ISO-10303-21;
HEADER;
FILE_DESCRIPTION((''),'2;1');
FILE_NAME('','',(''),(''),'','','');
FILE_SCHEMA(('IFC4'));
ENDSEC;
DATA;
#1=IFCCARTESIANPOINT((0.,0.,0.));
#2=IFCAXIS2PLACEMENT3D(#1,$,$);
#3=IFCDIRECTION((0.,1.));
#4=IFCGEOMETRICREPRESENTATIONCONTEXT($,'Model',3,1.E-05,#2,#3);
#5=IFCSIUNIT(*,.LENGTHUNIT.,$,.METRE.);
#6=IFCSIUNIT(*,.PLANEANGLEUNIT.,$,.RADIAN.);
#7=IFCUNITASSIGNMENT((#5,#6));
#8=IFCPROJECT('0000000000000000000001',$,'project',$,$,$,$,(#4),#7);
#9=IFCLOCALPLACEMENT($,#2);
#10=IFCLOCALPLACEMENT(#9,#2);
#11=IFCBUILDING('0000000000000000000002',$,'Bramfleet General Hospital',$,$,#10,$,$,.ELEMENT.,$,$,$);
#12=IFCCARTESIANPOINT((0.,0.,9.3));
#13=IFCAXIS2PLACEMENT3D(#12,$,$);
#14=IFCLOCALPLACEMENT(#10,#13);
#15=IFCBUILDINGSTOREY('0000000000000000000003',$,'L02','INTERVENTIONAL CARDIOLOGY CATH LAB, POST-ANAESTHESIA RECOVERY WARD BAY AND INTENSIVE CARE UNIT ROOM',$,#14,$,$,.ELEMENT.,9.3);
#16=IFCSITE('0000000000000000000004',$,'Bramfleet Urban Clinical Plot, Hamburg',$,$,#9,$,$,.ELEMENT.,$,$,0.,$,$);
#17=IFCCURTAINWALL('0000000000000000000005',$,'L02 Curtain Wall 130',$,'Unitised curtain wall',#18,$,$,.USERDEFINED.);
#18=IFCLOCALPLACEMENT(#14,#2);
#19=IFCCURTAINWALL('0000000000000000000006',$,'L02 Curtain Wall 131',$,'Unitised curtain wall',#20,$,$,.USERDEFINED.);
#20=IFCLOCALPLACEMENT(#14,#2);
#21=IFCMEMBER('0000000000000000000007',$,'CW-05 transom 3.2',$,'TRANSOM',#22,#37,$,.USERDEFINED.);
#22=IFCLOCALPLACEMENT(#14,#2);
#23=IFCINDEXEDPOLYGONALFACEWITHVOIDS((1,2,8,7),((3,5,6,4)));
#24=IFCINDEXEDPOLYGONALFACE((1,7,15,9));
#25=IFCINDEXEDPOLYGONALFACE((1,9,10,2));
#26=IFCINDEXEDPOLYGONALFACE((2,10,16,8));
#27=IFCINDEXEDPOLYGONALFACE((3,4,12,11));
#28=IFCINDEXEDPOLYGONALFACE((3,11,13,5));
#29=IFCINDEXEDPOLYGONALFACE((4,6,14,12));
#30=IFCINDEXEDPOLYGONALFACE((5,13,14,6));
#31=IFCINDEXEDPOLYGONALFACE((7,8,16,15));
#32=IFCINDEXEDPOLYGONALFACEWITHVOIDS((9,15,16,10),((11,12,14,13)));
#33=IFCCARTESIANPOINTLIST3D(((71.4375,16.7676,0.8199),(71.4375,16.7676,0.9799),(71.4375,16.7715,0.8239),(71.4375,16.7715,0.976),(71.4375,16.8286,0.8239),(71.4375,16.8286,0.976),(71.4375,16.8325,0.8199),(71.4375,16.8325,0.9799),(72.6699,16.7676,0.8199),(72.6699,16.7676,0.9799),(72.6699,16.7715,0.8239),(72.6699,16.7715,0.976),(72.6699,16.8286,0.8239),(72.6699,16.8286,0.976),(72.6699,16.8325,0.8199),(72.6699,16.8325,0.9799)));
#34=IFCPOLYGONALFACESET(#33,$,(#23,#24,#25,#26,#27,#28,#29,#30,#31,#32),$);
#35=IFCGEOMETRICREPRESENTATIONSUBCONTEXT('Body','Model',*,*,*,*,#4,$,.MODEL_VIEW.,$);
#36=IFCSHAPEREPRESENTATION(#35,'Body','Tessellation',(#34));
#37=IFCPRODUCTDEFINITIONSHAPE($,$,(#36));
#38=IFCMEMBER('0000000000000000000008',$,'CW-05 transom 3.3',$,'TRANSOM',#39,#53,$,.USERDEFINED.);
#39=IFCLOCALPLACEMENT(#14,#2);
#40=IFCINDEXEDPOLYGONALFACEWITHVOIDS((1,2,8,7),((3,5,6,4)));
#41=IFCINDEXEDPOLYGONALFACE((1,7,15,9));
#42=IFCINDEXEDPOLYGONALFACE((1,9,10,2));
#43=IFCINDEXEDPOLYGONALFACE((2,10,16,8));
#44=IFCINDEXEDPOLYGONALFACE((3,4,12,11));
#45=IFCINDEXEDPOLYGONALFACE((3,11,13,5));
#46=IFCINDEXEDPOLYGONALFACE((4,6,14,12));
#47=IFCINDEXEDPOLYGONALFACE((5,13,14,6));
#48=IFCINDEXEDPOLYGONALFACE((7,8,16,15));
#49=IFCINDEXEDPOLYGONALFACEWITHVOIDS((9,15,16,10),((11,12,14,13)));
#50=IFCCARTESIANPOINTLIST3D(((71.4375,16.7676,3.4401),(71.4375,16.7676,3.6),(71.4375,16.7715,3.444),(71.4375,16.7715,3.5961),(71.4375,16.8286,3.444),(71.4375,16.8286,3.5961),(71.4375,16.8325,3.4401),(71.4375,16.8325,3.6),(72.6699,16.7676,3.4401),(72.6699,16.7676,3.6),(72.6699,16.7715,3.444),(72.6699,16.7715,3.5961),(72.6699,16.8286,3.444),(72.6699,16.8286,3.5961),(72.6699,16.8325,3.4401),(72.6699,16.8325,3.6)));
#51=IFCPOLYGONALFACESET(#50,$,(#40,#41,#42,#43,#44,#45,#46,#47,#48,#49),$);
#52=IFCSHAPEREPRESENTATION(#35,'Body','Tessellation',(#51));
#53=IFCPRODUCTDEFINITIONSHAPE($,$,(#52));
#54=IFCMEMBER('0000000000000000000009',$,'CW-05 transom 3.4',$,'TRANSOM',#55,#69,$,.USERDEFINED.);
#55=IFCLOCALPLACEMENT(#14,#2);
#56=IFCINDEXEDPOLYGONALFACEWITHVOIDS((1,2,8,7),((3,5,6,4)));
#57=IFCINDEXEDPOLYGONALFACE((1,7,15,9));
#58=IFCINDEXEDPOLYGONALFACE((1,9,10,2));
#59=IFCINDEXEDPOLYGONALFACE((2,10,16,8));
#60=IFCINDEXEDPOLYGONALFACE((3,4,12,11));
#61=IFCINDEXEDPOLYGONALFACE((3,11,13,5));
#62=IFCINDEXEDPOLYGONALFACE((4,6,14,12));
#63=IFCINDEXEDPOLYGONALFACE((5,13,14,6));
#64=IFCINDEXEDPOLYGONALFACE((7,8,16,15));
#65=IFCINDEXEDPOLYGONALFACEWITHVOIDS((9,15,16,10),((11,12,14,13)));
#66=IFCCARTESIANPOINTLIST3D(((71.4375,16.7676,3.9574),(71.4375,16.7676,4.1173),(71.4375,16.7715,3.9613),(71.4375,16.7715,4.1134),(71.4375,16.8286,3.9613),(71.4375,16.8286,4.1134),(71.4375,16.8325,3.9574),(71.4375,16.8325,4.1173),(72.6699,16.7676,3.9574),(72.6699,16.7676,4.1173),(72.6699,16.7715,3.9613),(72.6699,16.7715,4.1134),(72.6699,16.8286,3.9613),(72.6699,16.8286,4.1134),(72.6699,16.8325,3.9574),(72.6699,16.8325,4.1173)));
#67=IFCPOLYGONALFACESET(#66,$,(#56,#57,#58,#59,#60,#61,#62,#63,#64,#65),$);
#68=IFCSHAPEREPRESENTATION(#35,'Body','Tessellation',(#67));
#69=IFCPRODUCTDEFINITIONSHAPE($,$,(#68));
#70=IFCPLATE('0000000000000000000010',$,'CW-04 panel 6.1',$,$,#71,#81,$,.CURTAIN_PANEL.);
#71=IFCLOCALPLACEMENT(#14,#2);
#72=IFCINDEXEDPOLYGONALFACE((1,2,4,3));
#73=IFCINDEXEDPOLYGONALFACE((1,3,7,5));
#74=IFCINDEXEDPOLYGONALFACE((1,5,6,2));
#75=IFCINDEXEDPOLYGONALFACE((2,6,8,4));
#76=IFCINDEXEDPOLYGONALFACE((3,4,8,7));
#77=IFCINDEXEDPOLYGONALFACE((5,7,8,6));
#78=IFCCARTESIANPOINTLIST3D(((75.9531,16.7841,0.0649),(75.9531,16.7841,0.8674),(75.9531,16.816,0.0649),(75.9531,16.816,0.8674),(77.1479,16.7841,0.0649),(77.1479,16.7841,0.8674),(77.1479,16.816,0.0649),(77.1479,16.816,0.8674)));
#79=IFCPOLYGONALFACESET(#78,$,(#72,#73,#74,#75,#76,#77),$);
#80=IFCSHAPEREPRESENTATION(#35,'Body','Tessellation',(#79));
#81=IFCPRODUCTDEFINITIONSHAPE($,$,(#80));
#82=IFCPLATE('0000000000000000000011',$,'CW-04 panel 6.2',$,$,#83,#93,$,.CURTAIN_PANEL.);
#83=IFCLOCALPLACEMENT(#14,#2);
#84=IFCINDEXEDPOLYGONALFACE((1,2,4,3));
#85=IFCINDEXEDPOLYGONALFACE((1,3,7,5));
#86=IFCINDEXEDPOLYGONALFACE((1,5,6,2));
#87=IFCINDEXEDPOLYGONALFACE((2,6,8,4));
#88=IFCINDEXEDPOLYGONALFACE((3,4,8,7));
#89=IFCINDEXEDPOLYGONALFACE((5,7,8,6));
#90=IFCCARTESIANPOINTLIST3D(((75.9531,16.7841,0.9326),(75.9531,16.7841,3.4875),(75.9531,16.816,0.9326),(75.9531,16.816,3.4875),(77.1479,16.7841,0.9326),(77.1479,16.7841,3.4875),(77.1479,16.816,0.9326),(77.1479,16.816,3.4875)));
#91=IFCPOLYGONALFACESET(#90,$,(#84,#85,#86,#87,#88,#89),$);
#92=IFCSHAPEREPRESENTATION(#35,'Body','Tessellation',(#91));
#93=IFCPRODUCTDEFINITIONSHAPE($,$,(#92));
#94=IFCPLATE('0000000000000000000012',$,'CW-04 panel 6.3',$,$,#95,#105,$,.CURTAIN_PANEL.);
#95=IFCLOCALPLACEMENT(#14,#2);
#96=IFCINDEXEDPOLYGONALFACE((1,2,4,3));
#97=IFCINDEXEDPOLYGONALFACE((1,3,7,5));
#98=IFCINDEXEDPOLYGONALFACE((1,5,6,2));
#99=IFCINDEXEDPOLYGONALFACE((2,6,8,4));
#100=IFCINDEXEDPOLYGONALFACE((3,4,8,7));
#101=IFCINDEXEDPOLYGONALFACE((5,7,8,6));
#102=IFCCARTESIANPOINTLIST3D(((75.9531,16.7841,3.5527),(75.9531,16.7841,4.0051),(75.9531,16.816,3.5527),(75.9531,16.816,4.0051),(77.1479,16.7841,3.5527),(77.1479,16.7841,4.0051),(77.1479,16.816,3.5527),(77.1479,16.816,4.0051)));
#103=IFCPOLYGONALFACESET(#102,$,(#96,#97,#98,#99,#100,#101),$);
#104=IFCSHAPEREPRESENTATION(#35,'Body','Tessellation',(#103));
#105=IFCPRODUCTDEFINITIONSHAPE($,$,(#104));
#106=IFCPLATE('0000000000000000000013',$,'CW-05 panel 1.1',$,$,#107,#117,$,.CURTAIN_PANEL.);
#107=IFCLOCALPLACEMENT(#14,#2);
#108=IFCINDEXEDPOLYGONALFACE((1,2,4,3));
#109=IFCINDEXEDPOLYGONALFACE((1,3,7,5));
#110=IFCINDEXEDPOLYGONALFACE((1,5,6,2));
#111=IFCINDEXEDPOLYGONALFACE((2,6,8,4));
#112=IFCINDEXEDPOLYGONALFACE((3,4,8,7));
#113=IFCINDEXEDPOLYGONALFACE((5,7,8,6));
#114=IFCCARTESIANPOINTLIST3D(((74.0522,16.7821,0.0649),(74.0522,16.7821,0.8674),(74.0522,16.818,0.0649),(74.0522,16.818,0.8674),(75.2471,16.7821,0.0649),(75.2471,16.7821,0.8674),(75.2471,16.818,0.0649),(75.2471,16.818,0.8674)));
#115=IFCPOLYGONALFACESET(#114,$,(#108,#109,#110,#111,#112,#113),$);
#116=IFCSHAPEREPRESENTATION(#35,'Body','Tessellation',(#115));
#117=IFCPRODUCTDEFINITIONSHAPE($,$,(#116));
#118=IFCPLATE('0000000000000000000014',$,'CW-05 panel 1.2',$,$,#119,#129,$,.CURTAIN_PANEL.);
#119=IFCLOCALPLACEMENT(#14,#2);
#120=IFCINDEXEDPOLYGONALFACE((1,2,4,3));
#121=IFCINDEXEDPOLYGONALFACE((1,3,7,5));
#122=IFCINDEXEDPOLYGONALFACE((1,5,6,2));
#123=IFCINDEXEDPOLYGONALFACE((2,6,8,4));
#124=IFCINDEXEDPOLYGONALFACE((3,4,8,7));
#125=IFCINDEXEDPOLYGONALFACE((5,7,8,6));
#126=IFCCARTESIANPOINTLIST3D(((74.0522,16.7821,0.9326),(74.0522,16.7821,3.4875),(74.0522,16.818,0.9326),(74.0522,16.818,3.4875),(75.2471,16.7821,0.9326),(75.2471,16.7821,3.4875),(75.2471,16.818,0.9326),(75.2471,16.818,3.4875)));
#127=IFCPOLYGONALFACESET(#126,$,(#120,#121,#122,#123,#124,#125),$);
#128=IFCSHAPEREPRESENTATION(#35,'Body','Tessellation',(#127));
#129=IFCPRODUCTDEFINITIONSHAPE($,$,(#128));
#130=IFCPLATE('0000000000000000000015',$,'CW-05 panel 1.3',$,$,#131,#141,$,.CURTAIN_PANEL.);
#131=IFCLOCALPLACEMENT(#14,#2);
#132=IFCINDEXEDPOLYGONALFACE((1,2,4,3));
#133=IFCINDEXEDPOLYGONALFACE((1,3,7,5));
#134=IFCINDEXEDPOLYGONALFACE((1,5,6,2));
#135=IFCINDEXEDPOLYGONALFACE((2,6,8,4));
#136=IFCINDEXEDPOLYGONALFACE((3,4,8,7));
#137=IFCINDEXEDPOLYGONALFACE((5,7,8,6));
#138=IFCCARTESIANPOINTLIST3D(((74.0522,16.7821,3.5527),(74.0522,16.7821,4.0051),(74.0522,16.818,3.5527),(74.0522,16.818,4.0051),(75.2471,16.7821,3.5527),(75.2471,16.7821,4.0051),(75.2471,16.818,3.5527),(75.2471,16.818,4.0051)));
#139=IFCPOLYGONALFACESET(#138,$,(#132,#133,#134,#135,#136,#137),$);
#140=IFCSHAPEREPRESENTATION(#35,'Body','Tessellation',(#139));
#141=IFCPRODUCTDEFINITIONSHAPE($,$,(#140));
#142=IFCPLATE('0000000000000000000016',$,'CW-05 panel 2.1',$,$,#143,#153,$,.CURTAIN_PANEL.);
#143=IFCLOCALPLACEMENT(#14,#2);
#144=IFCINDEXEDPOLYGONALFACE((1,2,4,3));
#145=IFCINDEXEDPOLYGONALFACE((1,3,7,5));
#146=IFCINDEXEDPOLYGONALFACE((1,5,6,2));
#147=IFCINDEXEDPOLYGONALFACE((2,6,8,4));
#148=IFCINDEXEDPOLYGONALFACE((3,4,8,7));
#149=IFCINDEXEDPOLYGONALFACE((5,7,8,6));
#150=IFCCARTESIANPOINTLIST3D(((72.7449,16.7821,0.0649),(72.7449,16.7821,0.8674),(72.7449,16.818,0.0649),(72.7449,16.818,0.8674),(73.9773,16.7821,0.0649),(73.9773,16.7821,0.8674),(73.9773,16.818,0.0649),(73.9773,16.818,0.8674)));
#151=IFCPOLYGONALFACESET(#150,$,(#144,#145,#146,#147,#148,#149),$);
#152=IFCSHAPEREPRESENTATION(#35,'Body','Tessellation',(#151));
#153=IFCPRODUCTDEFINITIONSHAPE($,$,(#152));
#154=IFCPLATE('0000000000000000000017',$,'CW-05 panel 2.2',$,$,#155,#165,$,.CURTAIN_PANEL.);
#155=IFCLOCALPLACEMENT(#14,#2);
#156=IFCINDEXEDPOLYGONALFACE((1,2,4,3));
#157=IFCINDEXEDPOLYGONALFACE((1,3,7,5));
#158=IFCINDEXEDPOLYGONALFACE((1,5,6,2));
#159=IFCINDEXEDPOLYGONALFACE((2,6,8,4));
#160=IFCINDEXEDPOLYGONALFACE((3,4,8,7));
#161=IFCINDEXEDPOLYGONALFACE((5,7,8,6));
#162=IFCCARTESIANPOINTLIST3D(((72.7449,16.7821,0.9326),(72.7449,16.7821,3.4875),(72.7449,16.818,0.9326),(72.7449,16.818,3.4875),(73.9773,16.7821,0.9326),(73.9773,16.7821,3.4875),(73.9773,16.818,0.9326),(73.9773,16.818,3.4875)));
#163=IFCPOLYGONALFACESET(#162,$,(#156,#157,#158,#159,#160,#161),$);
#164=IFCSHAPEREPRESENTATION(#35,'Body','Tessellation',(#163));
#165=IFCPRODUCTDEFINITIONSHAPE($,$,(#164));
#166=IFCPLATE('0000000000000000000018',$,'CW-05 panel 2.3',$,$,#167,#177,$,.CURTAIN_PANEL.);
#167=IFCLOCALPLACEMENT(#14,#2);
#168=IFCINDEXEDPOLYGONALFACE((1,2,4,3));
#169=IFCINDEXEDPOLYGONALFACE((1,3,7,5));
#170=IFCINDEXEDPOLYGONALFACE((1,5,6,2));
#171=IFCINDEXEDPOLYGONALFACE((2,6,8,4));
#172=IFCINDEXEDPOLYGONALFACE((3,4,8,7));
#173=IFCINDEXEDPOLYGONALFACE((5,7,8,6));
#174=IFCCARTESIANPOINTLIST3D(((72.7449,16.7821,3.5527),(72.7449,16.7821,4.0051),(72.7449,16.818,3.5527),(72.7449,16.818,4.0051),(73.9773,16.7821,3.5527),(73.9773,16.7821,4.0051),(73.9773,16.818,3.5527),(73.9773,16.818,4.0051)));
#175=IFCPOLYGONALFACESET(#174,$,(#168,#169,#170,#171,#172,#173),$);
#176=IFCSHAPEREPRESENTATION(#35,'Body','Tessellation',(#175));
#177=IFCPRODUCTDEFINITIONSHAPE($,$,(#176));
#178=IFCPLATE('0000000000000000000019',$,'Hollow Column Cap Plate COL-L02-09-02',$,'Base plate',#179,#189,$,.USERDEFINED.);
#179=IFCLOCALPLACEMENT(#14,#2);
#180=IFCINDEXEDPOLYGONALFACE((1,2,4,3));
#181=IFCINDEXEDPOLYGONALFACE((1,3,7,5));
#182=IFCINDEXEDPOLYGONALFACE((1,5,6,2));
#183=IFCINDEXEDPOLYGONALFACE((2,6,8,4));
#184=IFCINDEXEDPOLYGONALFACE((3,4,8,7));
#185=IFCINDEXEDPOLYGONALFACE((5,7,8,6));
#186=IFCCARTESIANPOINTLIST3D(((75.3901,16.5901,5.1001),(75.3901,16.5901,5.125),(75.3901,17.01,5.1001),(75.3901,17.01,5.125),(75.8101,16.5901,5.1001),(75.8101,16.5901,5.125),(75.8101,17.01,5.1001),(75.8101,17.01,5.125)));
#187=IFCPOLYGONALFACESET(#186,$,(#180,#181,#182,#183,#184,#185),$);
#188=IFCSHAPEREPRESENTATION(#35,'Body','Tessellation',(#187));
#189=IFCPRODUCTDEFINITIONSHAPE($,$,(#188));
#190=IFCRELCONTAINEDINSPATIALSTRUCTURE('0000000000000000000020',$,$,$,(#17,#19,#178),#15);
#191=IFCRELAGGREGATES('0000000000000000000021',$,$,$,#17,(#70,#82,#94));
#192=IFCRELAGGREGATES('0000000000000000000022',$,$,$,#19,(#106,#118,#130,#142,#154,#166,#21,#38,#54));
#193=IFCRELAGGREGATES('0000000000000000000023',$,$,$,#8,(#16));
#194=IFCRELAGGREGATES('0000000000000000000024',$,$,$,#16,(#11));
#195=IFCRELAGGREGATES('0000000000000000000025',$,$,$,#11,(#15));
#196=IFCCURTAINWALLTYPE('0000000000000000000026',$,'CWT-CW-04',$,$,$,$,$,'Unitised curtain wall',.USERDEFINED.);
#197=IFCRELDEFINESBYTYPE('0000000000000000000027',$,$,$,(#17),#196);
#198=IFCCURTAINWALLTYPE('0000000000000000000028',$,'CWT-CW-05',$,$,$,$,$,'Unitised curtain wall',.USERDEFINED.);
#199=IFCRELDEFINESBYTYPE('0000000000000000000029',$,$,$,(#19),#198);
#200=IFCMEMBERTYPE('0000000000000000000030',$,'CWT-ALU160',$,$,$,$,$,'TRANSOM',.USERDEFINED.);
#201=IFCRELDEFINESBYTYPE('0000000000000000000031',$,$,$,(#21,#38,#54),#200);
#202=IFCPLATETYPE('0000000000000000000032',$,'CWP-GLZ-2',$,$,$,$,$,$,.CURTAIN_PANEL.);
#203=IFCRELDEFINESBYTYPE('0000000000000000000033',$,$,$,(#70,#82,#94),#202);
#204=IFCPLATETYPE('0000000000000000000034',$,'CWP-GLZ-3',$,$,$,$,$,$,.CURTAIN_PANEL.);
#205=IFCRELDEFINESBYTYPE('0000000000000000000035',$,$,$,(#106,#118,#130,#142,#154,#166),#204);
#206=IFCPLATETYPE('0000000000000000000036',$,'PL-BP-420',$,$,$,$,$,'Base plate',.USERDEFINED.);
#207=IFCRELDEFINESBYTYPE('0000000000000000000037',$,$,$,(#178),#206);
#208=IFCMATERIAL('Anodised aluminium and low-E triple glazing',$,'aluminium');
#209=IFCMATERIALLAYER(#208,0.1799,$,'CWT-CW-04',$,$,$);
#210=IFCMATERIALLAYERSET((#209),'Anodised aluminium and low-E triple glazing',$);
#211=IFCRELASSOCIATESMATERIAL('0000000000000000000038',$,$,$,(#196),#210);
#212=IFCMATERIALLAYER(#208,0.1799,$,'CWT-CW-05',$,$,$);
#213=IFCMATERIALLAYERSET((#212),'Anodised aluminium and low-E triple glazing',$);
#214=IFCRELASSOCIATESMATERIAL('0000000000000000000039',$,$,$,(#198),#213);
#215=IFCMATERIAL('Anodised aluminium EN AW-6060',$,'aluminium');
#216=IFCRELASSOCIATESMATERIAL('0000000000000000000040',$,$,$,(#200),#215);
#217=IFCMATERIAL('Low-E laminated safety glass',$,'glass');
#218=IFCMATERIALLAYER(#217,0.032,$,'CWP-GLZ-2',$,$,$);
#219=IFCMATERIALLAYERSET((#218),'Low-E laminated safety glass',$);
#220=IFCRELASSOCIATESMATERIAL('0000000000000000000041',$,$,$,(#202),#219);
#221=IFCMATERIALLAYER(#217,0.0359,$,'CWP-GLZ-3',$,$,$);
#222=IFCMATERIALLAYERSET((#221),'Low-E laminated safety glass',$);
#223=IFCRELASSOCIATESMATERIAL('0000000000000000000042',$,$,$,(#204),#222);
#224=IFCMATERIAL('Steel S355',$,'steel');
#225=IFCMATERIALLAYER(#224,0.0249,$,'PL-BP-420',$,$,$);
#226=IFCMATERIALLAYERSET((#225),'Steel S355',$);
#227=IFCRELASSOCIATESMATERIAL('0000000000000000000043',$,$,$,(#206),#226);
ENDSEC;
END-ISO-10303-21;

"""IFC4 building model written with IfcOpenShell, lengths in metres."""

from ifc_helpers import new_model, si_unit, direction, frame, origin, origin_2d, place, context, subcontext, project, spatial, rectangle, hollow_rectangle, extrude, material, layer, layer_set, material_profile, profile_set, type_object, element, aggregate, save


model = new_model("IFC4")

# Units and contexts
model_context = context("Model", 3, precision=1e-05, world=origin(), true_north=direction((0.0, 1.0)))
body_context = subcontext(model_context, "Body", "Model", "MODEL_VIEW")
ifc_project = project(units=[si_unit("LENGTHUNIT", "METRE"), si_unit("PLANEANGLEUNIT", "RADIAN")], contexts=[model_context])

# Site, building, storey
site_placement = place(None, origin())
site = spatial("IfcSite", under=ifc_project, at=site_placement, Name="Bramfleet Urban Clinical Plot, Hamburg", CompositionType="ELEMENT", RefElevation=0.0)
building_placement = place(site_placement, origin())
building = spatial("IfcBuilding", under=site, at=building_placement, Name="Bramfleet General Hospital", CompositionType="ELEMENT")
storey_placement = place(building_placement, frame((0.0, 0.0, 9.3)))
storey = spatial("IfcBuildingStorey", under=building, at=storey_placement, Name="L02", Description="INTERVENTIONAL CARDIOLOGY CATH LAB, POST-ANAESTHESIA RECOVERY WARD BAY AND INTENSIVE CARE UNIT ROOM", CompositionType="ELEMENT", Elevation=9.3)

# Shared definitions
ifc_material_1 = material(Name="Steel S355", Category="steel")

# Curtain wall
ifc_material_2 = material(Name="Anodised aluminium and low-E triple glazing", Category="aluminium")
ifc_layer_1 = layer(ifc_material_2, 0.1799, Name="CWT-CW-04")
ifc_layer_set_1 = layer_set([ifc_layer_1], Name="Anodised aluminium and low-E triple glazing")
curtain_wall_type_1 = type_object("IfcCurtainWallType", Name="CWT-CW-04", ElementType="Unitised curtain wall", PredefinedType="USERDEFINED", material=ifc_layer_set_1)
curtain_wall_1_placement = place(storey_placement, origin())
curtain_wall_1 = element("IfcCurtainWall", 1, at=curtain_wall_1_placement, inside=storey, type_object=curtain_wall_type_1, Name="L02 Curtain Wall 130", ObjectType="Unitised curtain wall", PredefinedType="USERDEFINED")
ifc_material_3 = material(Name="Anodised aluminium EN AW-6060", Category="aluminium")

# Curtain wall
ifc_layer_2 = layer(ifc_material_2, 0.1799, Name="CWT-CW-05")
ifc_layer_set_2 = layer_set([ifc_layer_2], Name="Anodised aluminium and low-E triple glazing")
curtain_wall_type_2 = type_object("IfcCurtainWallType", Name="CWT-CW-05", ElementType="Unitised curtain wall", PredefinedType="USERDEFINED", material=ifc_layer_set_2)
curtain_wall_2_placement = place(storey_placement, origin())
curtain_wall_2 = element("IfcCurtainWall", 2, at=curtain_wall_2_placement, inside=storey, type_object=curtain_wall_type_2, Name="L02 Curtain Wall 131", ObjectType="Unitised curtain wall", PredefinedType="USERDEFINED")

# Members
ifc_material_profile_1 = material_profile(ifc_material_3, hollow_rectangle(XDim=0.0649, YDim=0.1599, WallThickness=0.0039, at=origin_2d()), Name="ALU 160x65x4.0")
ifc_profile_set_1 = profile_set([ifc_material_profile_1], Name="Anodised aluminium EN AW-6060")
member_type_1 = type_object("IfcMemberType", Name="CWT-ALU160", ElementType="TRANSOM", PredefinedType="USERDEFINED", material=ifc_profile_set_1)
member_1_placement = place(storey_placement, frame((72.6699, 16.8, 0.8999), z_axis=(-1.0, 0.0, 0.0), x_axis=(0.0, -1.0, 0.0)))
member_1 = element("IfcMember", 3, at=member_1_placement, type_object=member_type_1, Name="CW-05 transom 3.2", ObjectType="TRANSOM", PredefinedType="USERDEFINED", context=body_context, shape_type="SweptSolid", body=[
    extrude(hollow_rectangle(XDim=0.0649, YDim=0.1599, WallThickness=0.0039, at=origin_2d()), origin(), (0.0, 0.0, 1.0), 1.2324),
])
member_2_placement = place(storey_placement, frame((72.6699, 16.8, 3.52), z_axis=(-1.0, 0.0, 0.0), x_axis=(0.0, -1.0, 0.0)))
member_2 = element("IfcMember", 4, at=member_2_placement, type_object=member_type_1, Name="CW-05 transom 3.3", ObjectType="TRANSOM", PredefinedType="USERDEFINED", context=body_context, shape_type="SweptSolid", body=[
    extrude(hollow_rectangle(XDim=0.0649, YDim=0.1599, WallThickness=0.0039, at=origin_2d()), origin(), (0.0, 0.0, 1.0), 1.2324),
])
member_3_placement = place(storey_placement, frame((72.6699, 16.8, 4.0374), z_axis=(-1.0, 0.0, 0.0), x_axis=(0.0, -1.0, 0.0)))
member_3 = element("IfcMember", 5, at=member_3_placement, type_object=member_type_1, Name="CW-05 transom 3.4", ObjectType="TRANSOM", PredefinedType="USERDEFINED", context=body_context, shape_type="SweptSolid", body=[
    extrude(hollow_rectangle(XDim=0.0649, YDim=0.1599, WallThickness=0.0039, at=origin_2d()), origin(), (0.0, 0.0, 1.0), 1.2324),
])

# Plates
ifc_material_4 = material(Name="Low-E laminated safety glass", Category="glass")
ifc_layer_3 = layer(ifc_material_4, 0.032, Name="CWP-GLZ-2")
ifc_layer_set_3 = layer_set([ifc_layer_3], Name="Low-E laminated safety glass")
plate_type_1 = type_object("IfcPlateType", Name="CWP-GLZ-2", PredefinedType="CURTAIN_PANEL", material=ifc_layer_set_3)
plate_1_placement = place(storey_placement, frame((76.5505, 16.8, 0.0649), z_axis=(0.0, 0.0, 1.0), x_axis=(-1.0, 0.0, 0.0)))
plate_1 = element("IfcPlate", 6, at=plate_1_placement, type_object=plate_type_1, Name="CW-04 panel 6.1", PredefinedType="CURTAIN_PANEL", context=body_context, shape_type="SweptSolid", body=[
    extrude(rectangle(XDim=1.1948, YDim=0.032, at=origin_2d()), origin(), (0.0, 0.0, 1.0), 0.8025),
])
plate_2_placement = place(storey_placement, frame((76.5505, 16.8, 0.9326), z_axis=(0.0, 0.0, 1.0), x_axis=(-1.0, 0.0, 0.0)))
plate_2 = element("IfcPlate", 7, at=plate_2_placement, type_object=plate_type_1, Name="CW-04 panel 6.2", PredefinedType="CURTAIN_PANEL", context=body_context, shape_type="SweptSolid", body=[
    extrude(rectangle(XDim=1.1948, YDim=0.032, at=origin_2d()), origin(), (0.0, 0.0, 1.0), 2.5549),
])
plate_3_placement = place(storey_placement, frame((76.5505, 16.8, 3.5527), z_axis=(0.0, 0.0, 1.0), x_axis=(-1.0, 0.0, 0.0)))
plate_3 = element("IfcPlate", 8, at=plate_3_placement, type_object=plate_type_1, Name="CW-04 panel 6.3", PredefinedType="CURTAIN_PANEL", context=body_context, shape_type="SweptSolid", body=[
    extrude(rectangle(XDim=1.1948, YDim=0.032, at=origin_2d()), origin(), (0.0, 0.0, 1.0), 0.4524),
])
aggregate(curtain_wall_1, [plate_1, plate_2, plate_3])
ifc_layer_4 = layer(ifc_material_4, 0.0359, Name="CWP-GLZ-3")
ifc_layer_set_4 = layer_set([ifc_layer_4], Name="Low-E laminated safety glass")
plate_type_2 = type_object("IfcPlateType", Name="CWP-GLZ-3", PredefinedType="CURTAIN_PANEL", material=ifc_layer_set_4)
plate_4_placement = place(storey_placement, frame((74.6497, 16.8, 0.0649), z_axis=(0.0, 0.0, 1.0), x_axis=(-1.0, 0.0, 0.0)))
plate_4 = element("IfcPlate", 9, at=plate_4_placement, type_object=plate_type_2, Name="CW-05 panel 1.1", PredefinedType="CURTAIN_PANEL", context=body_context, shape_type="SweptSolid", body=[
    extrude(rectangle(XDim=1.1948, YDim=0.0359, at=origin_2d()), origin(), (0.0, 0.0, 1.0), 0.8025),
])
plate_5_placement = place(storey_placement, frame((74.6497, 16.8, 0.9326), z_axis=(0.0, 0.0, 1.0), x_axis=(-1.0, 0.0, 0.0)))
plate_5 = element("IfcPlate", 10, at=plate_5_placement, type_object=plate_type_2, Name="CW-05 panel 1.2", PredefinedType="CURTAIN_PANEL", context=body_context, shape_type="SweptSolid", body=[
    extrude(rectangle(XDim=1.1948, YDim=0.0359, at=origin_2d()), origin(), (0.0, 0.0, 1.0), 2.5549),
])
plate_6_placement = place(storey_placement, frame((74.6497, 16.8, 3.5527), z_axis=(0.0, 0.0, 1.0), x_axis=(-1.0, 0.0, 0.0)))
plate_6 = element("IfcPlate", 11, at=plate_6_placement, type_object=plate_type_2, Name="CW-05 panel 1.3", PredefinedType="CURTAIN_PANEL", context=body_context, shape_type="SweptSolid", body=[
    extrude(rectangle(XDim=1.1948, YDim=0.0359, at=origin_2d()), origin(), (0.0, 0.0, 1.0), 0.4524),
])
plate_7_placement = place(storey_placement, frame((73.3611, 16.8, 0.0649), z_axis=(0.0, 0.0, 1.0), x_axis=(-1.0, 0.0, 0.0)))
plate_7 = element("IfcPlate", 12, at=plate_7_placement, type_object=plate_type_2, Name="CW-05 panel 2.1", PredefinedType="CURTAIN_PANEL", context=body_context, shape_type="SweptSolid", body=[
    extrude(rectangle(XDim=1.2324, YDim=0.0359, at=origin_2d()), origin(), (0.0, 0.0, 1.0), 0.8025),
])
plate_8_placement = place(storey_placement, frame((73.3611, 16.8, 0.9326), z_axis=(0.0, 0.0, 1.0), x_axis=(-1.0, 0.0, 0.0)))
plate_8 = element("IfcPlate", 13, at=plate_8_placement, type_object=plate_type_2, Name="CW-05 panel 2.2", PredefinedType="CURTAIN_PANEL", context=body_context, shape_type="SweptSolid", body=[
    extrude(rectangle(XDim=1.2324, YDim=0.0359, at=origin_2d()), origin(), (0.0, 0.0, 1.0), 2.5549),
])
plate_9_placement = place(storey_placement, frame((73.3611, 16.8, 3.5527), z_axis=(0.0, 0.0, 1.0), x_axis=(-1.0, 0.0, 0.0)))
plate_9 = element("IfcPlate", 14, at=plate_9_placement, type_object=plate_type_2, Name="CW-05 panel 2.3", PredefinedType="CURTAIN_PANEL", context=body_context, shape_type="SweptSolid", body=[
    extrude(rectangle(XDim=1.2324, YDim=0.0359, at=origin_2d()), origin(), (0.0, 0.0, 1.0), 0.4524),
])
aggregate(curtain_wall_2, [plate_4, plate_5, plate_6, plate_7, plate_8, plate_9, member_1, member_2, member_3])

# Plate
ifc_layer_5 = layer(ifc_material_1, 0.0249, Name="PL-BP-420")
ifc_layer_set_5 = layer_set([ifc_layer_5], Name="Steel S355")
plate_type_3 = type_object("IfcPlateType", Name="PL-BP-420", ElementType="Base plate", PredefinedType="USERDEFINED", material=ifc_layer_set_5)
for number, where, z_axis, x_axis, name in (
    (15, (75.6001, 16.8, 5.1001), (0.0, 0.0, 1.0), (1.0, 0.0, 0.0), "Hollow Column Cap Plate COL-L02-09-02"),
):
    element("IfcPlate", number, at=place(storey_placement, frame(where, z_axis=z_axis, x_axis=x_axis)), inside=storey, type_object=plate_type_3, Name=name, ObjectType="Base plate", PredefinedType="USERDEFINED", context=body_context, shape_type="SweptSolid", body=[
        extrude(rectangle(XDim=0.4199, YDim=0.4199, at=origin_2d()), origin(), (0.0, 0.0, 1.0), 0.0249),
    ])

save(model, "model.ifc")
